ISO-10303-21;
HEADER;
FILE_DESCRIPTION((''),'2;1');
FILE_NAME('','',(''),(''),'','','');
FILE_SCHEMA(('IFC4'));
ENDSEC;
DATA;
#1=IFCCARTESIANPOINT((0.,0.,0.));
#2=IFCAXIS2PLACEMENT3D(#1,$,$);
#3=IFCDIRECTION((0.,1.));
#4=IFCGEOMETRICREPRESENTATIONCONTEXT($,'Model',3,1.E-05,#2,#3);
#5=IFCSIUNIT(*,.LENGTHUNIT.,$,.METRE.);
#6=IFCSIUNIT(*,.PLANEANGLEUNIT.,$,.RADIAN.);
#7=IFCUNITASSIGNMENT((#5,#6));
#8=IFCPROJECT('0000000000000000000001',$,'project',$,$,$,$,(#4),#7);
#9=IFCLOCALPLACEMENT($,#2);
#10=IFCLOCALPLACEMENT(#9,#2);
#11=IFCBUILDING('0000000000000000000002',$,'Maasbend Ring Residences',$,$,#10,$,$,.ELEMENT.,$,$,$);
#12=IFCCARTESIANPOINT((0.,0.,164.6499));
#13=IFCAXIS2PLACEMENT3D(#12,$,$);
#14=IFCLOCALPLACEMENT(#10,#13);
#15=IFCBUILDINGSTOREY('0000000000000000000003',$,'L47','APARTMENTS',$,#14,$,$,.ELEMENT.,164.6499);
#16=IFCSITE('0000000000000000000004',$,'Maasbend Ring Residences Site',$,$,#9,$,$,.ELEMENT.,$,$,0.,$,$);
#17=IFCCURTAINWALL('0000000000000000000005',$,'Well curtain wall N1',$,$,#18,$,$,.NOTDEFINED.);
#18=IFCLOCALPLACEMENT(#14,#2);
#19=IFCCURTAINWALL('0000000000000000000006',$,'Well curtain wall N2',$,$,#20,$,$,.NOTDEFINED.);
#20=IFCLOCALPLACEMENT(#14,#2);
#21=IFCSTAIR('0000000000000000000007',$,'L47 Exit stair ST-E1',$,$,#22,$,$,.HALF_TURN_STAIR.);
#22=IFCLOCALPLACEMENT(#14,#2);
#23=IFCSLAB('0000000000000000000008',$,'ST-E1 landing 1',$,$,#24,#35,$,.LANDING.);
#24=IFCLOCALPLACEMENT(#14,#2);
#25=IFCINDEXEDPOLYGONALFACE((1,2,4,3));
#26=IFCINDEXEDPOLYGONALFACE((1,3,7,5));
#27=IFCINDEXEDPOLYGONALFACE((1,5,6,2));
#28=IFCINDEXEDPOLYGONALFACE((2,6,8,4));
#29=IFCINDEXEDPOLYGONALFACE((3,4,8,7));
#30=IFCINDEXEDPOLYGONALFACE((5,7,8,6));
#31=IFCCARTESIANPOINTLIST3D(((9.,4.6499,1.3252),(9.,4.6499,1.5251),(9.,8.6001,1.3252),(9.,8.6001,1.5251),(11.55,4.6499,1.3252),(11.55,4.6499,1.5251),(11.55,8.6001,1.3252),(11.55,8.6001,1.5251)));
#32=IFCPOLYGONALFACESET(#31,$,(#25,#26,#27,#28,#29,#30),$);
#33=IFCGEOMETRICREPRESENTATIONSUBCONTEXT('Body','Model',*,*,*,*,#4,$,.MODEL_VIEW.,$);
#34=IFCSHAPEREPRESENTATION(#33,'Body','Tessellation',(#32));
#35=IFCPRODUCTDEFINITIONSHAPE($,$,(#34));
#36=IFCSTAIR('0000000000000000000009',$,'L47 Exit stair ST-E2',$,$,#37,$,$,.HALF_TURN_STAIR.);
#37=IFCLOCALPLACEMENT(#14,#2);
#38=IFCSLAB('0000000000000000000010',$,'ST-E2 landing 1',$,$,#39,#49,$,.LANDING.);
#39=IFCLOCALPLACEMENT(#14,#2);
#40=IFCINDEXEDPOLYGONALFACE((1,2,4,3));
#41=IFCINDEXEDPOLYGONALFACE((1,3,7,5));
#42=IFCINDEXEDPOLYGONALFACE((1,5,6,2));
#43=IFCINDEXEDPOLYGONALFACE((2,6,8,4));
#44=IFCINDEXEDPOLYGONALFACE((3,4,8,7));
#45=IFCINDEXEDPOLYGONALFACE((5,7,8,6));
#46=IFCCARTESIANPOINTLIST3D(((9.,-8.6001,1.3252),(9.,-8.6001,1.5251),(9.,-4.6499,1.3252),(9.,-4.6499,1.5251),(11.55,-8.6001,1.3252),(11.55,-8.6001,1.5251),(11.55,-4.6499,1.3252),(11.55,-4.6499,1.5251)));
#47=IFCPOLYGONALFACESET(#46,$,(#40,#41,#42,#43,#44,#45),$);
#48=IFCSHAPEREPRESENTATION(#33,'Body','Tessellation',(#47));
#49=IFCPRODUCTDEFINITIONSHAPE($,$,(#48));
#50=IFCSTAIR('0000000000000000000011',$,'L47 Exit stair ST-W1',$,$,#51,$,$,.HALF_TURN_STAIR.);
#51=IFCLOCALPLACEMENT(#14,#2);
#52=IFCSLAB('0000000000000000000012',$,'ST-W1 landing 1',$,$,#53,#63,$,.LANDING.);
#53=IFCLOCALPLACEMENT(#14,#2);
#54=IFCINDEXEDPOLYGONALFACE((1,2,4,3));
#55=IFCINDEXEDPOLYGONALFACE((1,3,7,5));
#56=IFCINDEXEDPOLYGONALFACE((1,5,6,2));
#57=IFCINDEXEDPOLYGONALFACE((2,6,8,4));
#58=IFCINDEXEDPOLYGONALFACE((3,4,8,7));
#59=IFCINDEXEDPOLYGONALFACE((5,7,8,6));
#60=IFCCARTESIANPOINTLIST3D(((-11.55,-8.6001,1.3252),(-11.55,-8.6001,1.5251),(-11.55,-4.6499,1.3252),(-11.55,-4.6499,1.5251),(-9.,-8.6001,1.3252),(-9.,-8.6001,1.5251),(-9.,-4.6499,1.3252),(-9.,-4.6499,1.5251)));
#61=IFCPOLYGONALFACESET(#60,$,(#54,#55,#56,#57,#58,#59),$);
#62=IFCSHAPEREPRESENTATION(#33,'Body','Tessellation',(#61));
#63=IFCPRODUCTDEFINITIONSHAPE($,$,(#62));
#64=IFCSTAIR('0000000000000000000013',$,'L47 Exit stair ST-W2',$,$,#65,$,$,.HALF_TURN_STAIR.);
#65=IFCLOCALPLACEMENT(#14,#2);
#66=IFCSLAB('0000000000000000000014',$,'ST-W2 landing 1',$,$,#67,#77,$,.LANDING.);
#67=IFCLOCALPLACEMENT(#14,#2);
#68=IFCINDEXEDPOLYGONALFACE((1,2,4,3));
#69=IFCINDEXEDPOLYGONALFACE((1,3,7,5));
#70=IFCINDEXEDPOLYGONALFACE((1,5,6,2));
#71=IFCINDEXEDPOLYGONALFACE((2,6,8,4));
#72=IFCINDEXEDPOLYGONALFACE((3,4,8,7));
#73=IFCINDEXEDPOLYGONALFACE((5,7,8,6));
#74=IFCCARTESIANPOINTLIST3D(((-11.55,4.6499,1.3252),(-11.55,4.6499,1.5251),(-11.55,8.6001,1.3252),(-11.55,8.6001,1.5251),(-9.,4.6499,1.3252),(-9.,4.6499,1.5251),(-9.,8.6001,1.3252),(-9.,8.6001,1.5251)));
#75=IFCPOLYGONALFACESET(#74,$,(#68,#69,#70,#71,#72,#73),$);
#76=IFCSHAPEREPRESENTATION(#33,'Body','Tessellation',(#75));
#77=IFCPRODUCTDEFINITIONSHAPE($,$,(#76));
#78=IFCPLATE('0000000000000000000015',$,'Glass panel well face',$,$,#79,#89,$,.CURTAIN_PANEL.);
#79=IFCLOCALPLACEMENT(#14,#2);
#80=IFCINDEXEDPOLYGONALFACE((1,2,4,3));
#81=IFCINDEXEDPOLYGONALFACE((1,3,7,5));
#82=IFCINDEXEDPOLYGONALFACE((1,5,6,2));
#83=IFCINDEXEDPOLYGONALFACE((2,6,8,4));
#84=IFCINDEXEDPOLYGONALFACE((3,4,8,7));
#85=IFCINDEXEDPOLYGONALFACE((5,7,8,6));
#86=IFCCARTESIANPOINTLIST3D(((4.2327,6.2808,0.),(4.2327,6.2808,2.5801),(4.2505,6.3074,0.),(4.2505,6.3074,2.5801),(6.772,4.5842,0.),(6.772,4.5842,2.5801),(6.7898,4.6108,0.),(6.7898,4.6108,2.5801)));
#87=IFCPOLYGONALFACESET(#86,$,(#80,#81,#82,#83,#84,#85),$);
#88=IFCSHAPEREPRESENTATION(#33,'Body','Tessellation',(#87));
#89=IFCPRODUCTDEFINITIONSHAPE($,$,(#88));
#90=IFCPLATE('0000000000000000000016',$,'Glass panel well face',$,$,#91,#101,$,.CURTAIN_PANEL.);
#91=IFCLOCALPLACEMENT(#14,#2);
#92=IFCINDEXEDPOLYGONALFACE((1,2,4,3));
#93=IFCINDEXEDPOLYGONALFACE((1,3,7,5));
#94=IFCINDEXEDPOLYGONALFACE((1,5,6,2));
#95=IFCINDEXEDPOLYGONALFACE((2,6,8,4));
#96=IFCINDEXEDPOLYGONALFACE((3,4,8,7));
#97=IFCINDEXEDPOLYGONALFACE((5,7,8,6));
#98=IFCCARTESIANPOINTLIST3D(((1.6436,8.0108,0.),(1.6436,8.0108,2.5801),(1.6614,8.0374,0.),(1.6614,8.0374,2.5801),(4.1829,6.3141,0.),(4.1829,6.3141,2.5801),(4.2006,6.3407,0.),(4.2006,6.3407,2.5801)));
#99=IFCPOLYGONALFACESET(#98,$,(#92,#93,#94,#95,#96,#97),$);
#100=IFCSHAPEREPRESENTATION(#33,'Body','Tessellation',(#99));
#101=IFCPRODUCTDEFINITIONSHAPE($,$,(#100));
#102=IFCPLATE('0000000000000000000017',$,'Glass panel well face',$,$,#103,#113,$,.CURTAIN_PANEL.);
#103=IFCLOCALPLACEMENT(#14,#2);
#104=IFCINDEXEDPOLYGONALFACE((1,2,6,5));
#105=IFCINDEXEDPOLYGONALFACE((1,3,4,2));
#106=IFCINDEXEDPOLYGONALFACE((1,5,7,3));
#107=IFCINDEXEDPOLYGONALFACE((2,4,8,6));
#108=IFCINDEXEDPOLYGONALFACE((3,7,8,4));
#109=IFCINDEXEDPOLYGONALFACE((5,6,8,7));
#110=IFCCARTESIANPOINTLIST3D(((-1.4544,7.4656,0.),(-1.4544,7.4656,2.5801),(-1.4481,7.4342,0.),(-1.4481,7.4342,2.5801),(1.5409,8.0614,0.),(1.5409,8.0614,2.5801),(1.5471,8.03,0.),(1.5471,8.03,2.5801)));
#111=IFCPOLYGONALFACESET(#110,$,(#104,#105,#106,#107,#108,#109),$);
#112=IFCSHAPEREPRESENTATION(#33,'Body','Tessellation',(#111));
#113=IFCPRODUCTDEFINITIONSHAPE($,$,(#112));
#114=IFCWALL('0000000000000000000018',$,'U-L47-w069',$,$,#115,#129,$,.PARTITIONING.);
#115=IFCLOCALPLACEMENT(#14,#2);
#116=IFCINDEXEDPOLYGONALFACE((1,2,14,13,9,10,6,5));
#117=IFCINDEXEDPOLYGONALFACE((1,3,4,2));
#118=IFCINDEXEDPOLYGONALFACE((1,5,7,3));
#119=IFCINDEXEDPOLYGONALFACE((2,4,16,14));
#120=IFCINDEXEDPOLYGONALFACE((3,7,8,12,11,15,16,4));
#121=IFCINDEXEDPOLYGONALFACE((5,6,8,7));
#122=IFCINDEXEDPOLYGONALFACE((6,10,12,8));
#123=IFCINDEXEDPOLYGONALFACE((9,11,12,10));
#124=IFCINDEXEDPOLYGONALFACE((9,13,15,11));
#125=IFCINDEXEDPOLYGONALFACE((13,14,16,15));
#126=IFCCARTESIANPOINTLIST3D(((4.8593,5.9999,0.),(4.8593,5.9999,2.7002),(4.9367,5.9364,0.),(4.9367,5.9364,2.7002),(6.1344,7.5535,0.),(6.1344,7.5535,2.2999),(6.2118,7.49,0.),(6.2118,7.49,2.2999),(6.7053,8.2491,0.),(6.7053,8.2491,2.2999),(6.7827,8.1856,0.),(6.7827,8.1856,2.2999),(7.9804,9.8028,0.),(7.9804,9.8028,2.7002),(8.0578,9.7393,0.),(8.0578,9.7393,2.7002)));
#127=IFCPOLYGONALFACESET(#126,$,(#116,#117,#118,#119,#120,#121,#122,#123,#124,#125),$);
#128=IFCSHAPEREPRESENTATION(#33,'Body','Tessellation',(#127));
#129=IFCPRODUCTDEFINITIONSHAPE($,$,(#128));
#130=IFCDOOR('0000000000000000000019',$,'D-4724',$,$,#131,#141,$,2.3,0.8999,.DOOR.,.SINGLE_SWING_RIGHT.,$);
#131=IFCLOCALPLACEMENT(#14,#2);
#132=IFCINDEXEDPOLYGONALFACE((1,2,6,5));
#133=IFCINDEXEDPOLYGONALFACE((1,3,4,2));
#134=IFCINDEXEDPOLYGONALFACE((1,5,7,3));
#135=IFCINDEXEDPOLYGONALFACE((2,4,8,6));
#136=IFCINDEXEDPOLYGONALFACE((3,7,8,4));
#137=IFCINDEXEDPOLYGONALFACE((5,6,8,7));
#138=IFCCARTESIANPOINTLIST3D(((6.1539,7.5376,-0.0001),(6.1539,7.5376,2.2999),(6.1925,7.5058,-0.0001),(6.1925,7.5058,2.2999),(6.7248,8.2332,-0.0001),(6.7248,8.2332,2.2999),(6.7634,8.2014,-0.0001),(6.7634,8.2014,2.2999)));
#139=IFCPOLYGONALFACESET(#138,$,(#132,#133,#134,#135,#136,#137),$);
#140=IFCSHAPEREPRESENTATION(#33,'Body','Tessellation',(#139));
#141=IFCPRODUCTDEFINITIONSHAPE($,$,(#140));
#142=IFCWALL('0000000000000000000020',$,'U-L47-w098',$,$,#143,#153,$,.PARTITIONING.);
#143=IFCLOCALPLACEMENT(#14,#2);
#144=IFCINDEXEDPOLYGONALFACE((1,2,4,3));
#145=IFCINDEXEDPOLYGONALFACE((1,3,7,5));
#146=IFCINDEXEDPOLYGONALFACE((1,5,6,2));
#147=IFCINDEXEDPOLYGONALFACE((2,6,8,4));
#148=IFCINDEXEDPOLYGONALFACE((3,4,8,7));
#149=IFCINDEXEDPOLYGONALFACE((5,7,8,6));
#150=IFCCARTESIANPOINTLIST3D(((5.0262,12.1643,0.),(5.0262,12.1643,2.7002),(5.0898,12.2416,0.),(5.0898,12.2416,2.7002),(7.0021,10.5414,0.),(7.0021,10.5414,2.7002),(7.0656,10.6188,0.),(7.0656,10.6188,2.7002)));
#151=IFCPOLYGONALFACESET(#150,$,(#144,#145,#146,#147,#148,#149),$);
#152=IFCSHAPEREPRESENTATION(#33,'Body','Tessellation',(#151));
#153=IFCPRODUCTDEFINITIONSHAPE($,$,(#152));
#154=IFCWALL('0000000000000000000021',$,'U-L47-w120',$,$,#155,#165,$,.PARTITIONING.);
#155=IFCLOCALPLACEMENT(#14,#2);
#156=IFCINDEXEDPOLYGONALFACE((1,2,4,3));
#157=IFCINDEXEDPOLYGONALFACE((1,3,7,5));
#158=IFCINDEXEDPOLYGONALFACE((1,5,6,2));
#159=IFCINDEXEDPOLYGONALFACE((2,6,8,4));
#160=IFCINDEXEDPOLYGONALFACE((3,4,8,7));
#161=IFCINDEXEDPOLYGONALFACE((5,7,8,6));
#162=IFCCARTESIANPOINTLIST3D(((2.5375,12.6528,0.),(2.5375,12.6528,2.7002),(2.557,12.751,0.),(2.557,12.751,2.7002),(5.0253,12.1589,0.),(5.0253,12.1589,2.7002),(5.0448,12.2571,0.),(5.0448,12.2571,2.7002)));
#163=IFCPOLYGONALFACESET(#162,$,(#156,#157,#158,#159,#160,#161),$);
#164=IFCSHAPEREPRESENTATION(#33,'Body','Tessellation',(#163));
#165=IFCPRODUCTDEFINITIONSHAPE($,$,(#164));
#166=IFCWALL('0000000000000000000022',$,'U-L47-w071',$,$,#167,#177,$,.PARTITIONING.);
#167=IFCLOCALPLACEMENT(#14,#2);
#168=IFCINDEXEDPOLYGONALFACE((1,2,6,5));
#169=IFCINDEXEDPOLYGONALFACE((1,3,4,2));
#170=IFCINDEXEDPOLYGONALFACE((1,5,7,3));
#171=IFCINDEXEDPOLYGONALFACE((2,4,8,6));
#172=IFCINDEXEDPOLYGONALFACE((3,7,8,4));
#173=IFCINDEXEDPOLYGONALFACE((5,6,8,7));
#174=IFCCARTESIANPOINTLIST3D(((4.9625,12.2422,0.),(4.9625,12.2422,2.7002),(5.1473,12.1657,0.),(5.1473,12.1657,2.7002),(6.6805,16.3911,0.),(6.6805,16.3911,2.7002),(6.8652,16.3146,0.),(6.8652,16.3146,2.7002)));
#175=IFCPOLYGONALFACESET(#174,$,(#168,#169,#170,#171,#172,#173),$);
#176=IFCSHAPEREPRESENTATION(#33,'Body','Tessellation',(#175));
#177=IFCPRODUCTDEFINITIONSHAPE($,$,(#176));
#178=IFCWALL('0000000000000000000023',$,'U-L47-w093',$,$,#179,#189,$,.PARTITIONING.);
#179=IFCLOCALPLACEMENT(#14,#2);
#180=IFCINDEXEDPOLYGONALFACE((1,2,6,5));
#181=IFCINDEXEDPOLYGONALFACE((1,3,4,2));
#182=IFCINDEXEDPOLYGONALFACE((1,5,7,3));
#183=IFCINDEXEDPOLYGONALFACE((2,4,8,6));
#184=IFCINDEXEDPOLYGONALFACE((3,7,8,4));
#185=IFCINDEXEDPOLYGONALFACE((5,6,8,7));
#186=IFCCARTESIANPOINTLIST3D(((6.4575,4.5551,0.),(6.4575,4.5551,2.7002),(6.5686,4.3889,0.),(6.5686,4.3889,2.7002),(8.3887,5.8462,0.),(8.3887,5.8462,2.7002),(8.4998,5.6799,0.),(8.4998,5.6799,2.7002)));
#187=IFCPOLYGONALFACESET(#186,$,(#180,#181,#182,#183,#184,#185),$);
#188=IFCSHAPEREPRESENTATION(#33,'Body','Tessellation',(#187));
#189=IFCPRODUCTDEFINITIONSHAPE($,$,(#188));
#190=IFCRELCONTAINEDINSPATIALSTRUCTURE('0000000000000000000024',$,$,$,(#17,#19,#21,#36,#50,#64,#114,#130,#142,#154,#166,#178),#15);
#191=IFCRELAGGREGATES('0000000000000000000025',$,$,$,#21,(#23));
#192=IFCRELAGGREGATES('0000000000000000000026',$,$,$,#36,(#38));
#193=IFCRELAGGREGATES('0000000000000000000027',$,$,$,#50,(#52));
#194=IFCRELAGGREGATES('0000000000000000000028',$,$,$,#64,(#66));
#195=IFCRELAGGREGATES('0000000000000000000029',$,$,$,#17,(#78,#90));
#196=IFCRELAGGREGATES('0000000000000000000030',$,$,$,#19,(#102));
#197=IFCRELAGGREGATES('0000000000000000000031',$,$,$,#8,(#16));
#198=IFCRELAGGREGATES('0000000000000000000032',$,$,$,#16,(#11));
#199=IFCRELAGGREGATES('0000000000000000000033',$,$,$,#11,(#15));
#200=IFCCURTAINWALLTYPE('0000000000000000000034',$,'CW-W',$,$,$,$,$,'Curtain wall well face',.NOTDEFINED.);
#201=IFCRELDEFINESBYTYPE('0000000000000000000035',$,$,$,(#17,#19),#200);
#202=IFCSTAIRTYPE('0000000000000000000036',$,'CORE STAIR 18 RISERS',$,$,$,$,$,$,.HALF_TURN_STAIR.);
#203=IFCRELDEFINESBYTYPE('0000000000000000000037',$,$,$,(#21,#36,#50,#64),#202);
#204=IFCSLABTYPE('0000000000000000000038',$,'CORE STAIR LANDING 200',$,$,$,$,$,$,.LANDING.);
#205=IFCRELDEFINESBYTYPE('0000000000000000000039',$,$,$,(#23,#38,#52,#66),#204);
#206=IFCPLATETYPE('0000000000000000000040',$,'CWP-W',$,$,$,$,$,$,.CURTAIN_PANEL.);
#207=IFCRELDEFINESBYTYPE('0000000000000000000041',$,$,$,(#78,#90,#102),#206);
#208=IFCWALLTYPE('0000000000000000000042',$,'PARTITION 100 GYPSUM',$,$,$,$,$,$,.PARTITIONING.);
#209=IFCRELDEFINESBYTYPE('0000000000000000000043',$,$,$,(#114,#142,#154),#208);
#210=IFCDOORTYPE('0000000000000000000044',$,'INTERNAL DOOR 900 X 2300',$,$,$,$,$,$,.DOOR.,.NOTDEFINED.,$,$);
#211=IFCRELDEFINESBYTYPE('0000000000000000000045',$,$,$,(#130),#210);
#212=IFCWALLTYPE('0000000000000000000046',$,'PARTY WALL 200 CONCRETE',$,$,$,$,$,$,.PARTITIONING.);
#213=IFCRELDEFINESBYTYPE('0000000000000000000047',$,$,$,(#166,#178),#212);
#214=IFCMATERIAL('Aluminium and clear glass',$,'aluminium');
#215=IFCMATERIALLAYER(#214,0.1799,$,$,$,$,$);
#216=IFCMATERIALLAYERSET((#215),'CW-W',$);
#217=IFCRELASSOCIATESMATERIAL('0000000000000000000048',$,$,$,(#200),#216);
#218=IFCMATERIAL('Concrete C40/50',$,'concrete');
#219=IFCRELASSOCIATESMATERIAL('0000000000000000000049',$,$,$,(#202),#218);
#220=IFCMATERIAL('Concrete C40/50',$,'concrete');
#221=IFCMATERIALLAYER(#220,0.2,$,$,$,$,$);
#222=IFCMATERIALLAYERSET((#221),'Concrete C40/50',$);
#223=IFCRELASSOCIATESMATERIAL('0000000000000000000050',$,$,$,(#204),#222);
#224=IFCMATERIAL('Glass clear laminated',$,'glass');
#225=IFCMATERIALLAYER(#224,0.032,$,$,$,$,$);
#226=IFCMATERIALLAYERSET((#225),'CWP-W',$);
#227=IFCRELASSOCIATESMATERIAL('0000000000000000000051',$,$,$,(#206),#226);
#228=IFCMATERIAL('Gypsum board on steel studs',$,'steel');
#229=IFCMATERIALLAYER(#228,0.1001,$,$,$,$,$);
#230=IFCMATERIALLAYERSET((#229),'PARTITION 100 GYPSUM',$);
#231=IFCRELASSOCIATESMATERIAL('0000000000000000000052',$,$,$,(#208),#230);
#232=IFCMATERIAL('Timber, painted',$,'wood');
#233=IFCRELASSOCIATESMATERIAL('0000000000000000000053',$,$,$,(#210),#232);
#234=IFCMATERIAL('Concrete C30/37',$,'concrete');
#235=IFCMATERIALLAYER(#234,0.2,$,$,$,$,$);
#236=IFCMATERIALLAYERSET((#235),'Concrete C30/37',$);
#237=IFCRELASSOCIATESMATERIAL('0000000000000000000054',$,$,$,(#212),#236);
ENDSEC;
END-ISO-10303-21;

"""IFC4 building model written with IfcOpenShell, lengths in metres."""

from ifc_helpers import new_model, si_unit, direction, frame, frame_2d, origin, origin_2d, place, context, subcontext, project, spatial, polyline, rectangle, outline, extrude, material, layer, layer_set, type_object, element, fill, aggregate, save


model = new_model("IFC4")

# Units and contexts
model_context = context("Model", 3, precision=1e-05, world=origin(), true_north=direction((0.0, 1.0)))
body_context = subcontext(model_context, "Body", "Model", "MODEL_VIEW")
ifc_project = project(units=[si_unit("LENGTHUNIT", "METRE"), si_unit("PLANEANGLEUNIT", "RADIAN")], contexts=[model_context])

# Site, building, storey
site_placement = place(None, origin())
site = spatial("IfcSite", under=ifc_project, at=site_placement, Name="Maasbend Ring Residences Site", CompositionType="ELEMENT", RefElevation=0.0)
building_placement = place(site_placement, origin())
building = spatial("IfcBuilding", under=site, at=building_placement, Name="Maasbend Ring Residences", CompositionType="ELEMENT")
storey_placement = place(building_placement, frame((0.0, 0.0, 164.6499)))
storey = spatial("IfcBuildingStorey", under=building, at=storey_placement, Name="L47", Description="APARTMENTS", CompositionType="ELEMENT", Elevation=164.6499)

# Curtain wall
ifc_material_1 = material(Name="Aluminium and clear glass", Category="aluminium")
ifc_layer_1 = layer(ifc_material_1, 0.1799)
ifc_layer_set_1 = layer_set([ifc_layer_1], Name="CW-W")
curtain_wall_type = type_object("IfcCurtainWallType", Name="CW-W", ElementType="Curtain wall well face", PredefinedType="NOTDEFINED", material=ifc_layer_set_1)
curtain_wall_1_placement = place(storey_placement, origin())
curtain_wall_1 = element("IfcCurtainWall", 1, at=curtain_wall_1_placement, inside=storey, type_object=curtain_wall_type, Name="Well curtain wall N1", PredefinedType="NOTDEFINED")

# Curtain wall
curtain_wall_2_placement = place(storey_placement, origin())
curtain_wall_2 = element("IfcCurtainWall", 2, at=curtain_wall_2_placement, inside=storey, type_object=curtain_wall_type, Name="Well curtain wall N2", PredefinedType="NOTDEFINED")

# Stairs, slabs
ifc_material_2 = material(Name="Concrete C40/50", Category="concrete")
stair_type = type_object("IfcStairType", Name="CORE STAIR 18 RISERS", PredefinedType="HALF_TURN_STAIR", material=ifc_material_2)
stair_1_placement = place(storey_placement, origin())
stair_1 = element("IfcStair", 3, at=stair_1_placement, inside=storey, type_object=stair_type, Name="L47 Exit stair ST-E1", PredefinedType="HALF_TURN_STAIR")
ifc_material_3 = material(Name="Concrete C40/50", Category="concrete")
ifc_layer_2 = layer(ifc_material_3, 0.2)
ifc_layer_set_2 = layer_set([ifc_layer_2], Name="Concrete C40/50")
slab_type = type_object("IfcSlabType", Name="CORE STAIR LANDING 200", PredefinedType="LANDING", material=ifc_layer_set_2)
slab_1_placement = place(storey_placement, frame((0.0, 0.0, 1.3252)))
slab_1 = element("IfcSlab", 4, at=slab_1_placement, type_object=slab_type, Name="ST-E1 landing 1", PredefinedType="LANDING", context=body_context, shape_type="SweptSolid", body=[
    extrude(outline(polyline([(11.55, 8.6001), (9.0, 8.6001), (9.0, 4.6499), (11.55, 4.6499), (11.55, 8.6001)])), origin(), (0.0, 0.0, 1.0), 0.2),
])
aggregate(stair_1, [slab_1])
stair_2_placement = place(storey_placement, origin())
stair_2 = element("IfcStair", 5, at=stair_2_placement, inside=storey, type_object=stair_type, Name="L47 Exit stair ST-E2", PredefinedType="HALF_TURN_STAIR")
slab_2_placement = place(storey_placement, frame((0.0, 0.0, 1.3252)))
slab_2 = element("IfcSlab", 6, at=slab_2_placement, type_object=slab_type, Name="ST-E2 landing 1", PredefinedType="LANDING", context=body_context, shape_type="SweptSolid", body=[
    extrude(outline(polyline([(11.55, -4.6499), (9.0, -4.6499), (9.0, -8.6001), (11.55, -8.6001), (11.55, -4.6499)])), origin(), (0.0, 0.0, 1.0), 0.2),
])
aggregate(stair_2, [slab_2])
stair_3_placement = place(storey_placement, origin())
stair_3 = element("IfcStair", 7, at=stair_3_placement, inside=storey, type_object=stair_type, Name="L47 Exit stair ST-W1", PredefinedType="HALF_TURN_STAIR")
slab_3_placement = place(storey_placement, frame((0.0, 0.0, 1.3252)))
slab_3 = element("IfcSlab", 8, at=slab_3_placement, type_object=slab_type, Name="ST-W1 landing 1", PredefinedType="LANDING", context=body_context, shape_type="SweptSolid", body=[
    extrude(outline(polyline([(-11.55, -8.6001), (-9.0, -8.6001), (-9.0, -4.6499), (-11.55, -4.6499), (-11.55, -8.6001)])), origin(), (0.0, 0.0, 1.0), 0.2),
])
aggregate(stair_3, [slab_3])
stair_4_placement = place(storey_placement, origin())
stair_4 = element("IfcStair", 9, at=stair_4_placement, inside=storey, type_object=stair_type, Name="L47 Exit stair ST-W2", PredefinedType="HALF_TURN_STAIR")
slab_4_placement = place(storey_placement, frame((0.0, 0.0, 1.3252)))
slab_4 = element("IfcSlab", 10, at=slab_4_placement, type_object=slab_type, Name="ST-W2 landing 1", PredefinedType="LANDING", context=body_context, shape_type="SweptSolid", body=[
    extrude(outline(polyline([(-11.55, 4.6499), (-9.0, 4.6499), (-9.0, 8.6001), (-11.55, 8.6001), (-11.55, 4.6499)])), origin(), (0.0, 0.0, 1.0), 0.2),
])
aggregate(stair_4, [slab_4])

# Plates
ifc_material_4 = material(Name="Glass clear laminated", Category="glass")
ifc_layer_3 = layer(ifc_material_4, 0.032)
ifc_layer_set_3 = layer_set([ifc_layer_3], Name="CWP-W")
plate_type = type_object("IfcPlateType", Name="CWP-W", PredefinedType="CURTAIN_PANEL", material=ifc_layer_set_3)
plate_1_placement = place(storey_placement, frame((5.5112, 5.4458, 0.0), z_axis=(0.0, 0.0, 1.0), x_axis=(-0.83147, 0.55557, 0.0)))
plate_1 = element("IfcPlate", 11, at=plate_1_placement, type_object=plate_type, Name="Glass panel well face", PredefinedType="CURTAIN_PANEL", context=body_context, shape_type="SweptSolid", body=[
    extrude(rectangle(XDim=3.054, YDim=0.032, at=origin_2d()), origin(), (0.0, 0.0, 1.0), 2.5801),
])
plate_2_placement = place(storey_placement, frame((2.9221, 7.1758, 0.0), z_axis=(0.0, 0.0, 1.0), x_axis=(-0.83147, 0.55557, 0.0)))
plate_2 = element("IfcPlate", 12, at=plate_2_placement, type_object=plate_type, Name="Glass panel well face", PredefinedType="CURTAIN_PANEL", context=body_context, shape_type="SweptSolid", body=[
    extrude(rectangle(XDim=3.054, YDim=0.032, at=origin_2d()), origin(), (0.0, 0.0, 1.0), 2.5801),
])
aggregate(curtain_wall_1, [plate_1, plate_2])
plate_3_placement = place(storey_placement, frame((0.0464, 7.7478, 0.0), z_axis=(0.0, 0.0, 1.0), x_axis=(-0.980785, -0.19509, 0.0)))
plate_3 = element("IfcPlate", 13, at=plate_3_placement, type_object=plate_type, Name="Glass panel well face", PredefinedType="CURTAIN_PANEL", context=body_context, shape_type="SweptSolid", body=[
    extrude(rectangle(XDim=3.054, YDim=0.032, at=origin_2d()), origin(), (0.0, 0.0, 1.0), 2.5801),
])
aggregate(curtain_wall_2, [plate_3])

# Wall, opening, door
ifc_material_5 = material(Name="Gypsum board on steel studs", Category="steel")
ifc_layer_4 = layer(ifc_material_5, 0.1001)
ifc_layer_set_4 = layer_set([ifc_layer_4], Name="PARTITION 100 GYPSUM")
wall_type_1 = type_object("IfcWallType", Name="PARTITION 100 GYPSUM", PredefinedType="PARTITIONING", material=ifc_layer_set_4)
wall_1_placement = place(storey_placement, frame((4.8979, 5.968, 0.0), z_axis=(0.0, 0.0, 1.0), x_axis=(0.634402, 0.773003, 0.0)))
wall_1 = element("IfcWall", 14, at=wall_1_placement, inside=storey, type_object=wall_type_1, Name="U-L47-w069", PredefinedType="PARTITIONING", context=body_context, shape_type="SweptSolid", body=[
    extrude(rectangle(XDim=4.9197, YDim=0.1001, at=frame_2d((2.46, 0.0))), origin(), (0.0, 0.0, 1.0), 2.7002),
])
opening_placement = place(wall_1_placement, frame((2.01, 0.0, 0.0)))
opening = element("IfcOpeningElement", 15, at=opening_placement, cuts=wall_1, PredefinedType="OPENING", context=body_context, shape_type="SweptSolid", body=[
    extrude(rectangle(XDim=0.8999, YDim=2.3, at=frame_2d((0.45, 1.1499))), frame((0.0, 0.0601, 0.0), z_axis=(0.0, -1.0, 0.0), x_axis=(1.0, 0.0, 0.0)), (0.0, 0.0, 1.0), 0.1201),
])
ifc_material_6 = material(Name="Timber, painted", Category="wood")
door_type = type_object("IfcDoorType", Name="INTERNAL DOOR 900 X 2300", OperationType="NOTDEFINED", PredefinedType="DOOR", material=ifc_material_6)
door_placement = place(opening_placement, origin())
door = element("IfcDoor", 16, at=door_placement, inside=storey, type_object=door_type, Name="D-4724", OperationType="SINGLE_SWING_RIGHT", OverallHeight=2.3, OverallWidth=0.8999, PredefinedType="DOOR", context=body_context, shape_type="SweptSolid", body=[
    extrude(rectangle(XDim=0.8999, YDim=2.3, at=frame_2d((0.45, 1.1499))), frame((0.0, 0.0249, 0.0), z_axis=(0.0, -1.0, 0.0), x_axis=(1.0, 0.0, 0.0)), (0.0, 0.0, 1.0), 0.05),
])
fill(opening, door)

# Walls
wall_2_placement = place(storey_placement, frame((5.0581, 12.2029, 0.0), z_axis=(0.0, 0.0, 1.0), x_axis=(0.772765, -0.634693, 0.0)))
element("IfcWall", 17, at=wall_2_placement, inside=storey, type_object=wall_type_1, Name="U-L47-w098", PredefinedType="PARTITIONING", context=body_context, shape_type="SweptSolid", body=[
    extrude(rectangle(XDim=2.5569, YDim=0.1001, at=frame_2d((1.2783, 0.0))), origin(), (0.0, 0.0, 1.0), 2.7002),
])
wall_3_placement = place(storey_placement, frame((5.0349, 12.208, 0.0), z_axis=(0.0, 0.0, 1.0), x_axis=(-0.980857, 0.194728, 0.0)))
element("IfcWall", 18, at=wall_3_placement, inside=storey, type_object=wall_type_1, Name="U-L47-w120", PredefinedType="PARTITIONING", context=body_context, shape_type="SweptSolid", body=[
    extrude(rectangle(XDim=2.5364, YDim=0.1001, at=frame_2d((1.2681, 0.0))), origin(), (0.0, 0.0, 1.0), 2.7002),
])
ifc_material_7 = material(Name="Concrete C30/37", Category="concrete")
ifc_layer_5 = layer(ifc_material_7, 0.2)
ifc_layer_set_5 = layer_set([ifc_layer_5], Name="Concrete C30/37")
wall_type_2 = type_object("IfcWallType", Name="PARTY WALL 200 CONCRETE", PredefinedType="PARTITIONING", material=ifc_layer_set_5)
wall_4_placement = place(storey_placement, frame((5.0549, 12.2041, 0.0), z_axis=(0.0, 0.0, 1.0), x_axis=(0.382584, 0.923921, 0.0)))
element("IfcWall", 19, at=wall_4_placement, inside=storey, type_object=wall_type_2, Name="U-L47-w071", PredefinedType="PARTITIONING", context=body_context, shape_type="SweptSolid", body=[
    extrude(rectangle(XDim=4.4905, YDim=0.2, at=frame_2d((2.2451, 0.0))), origin(), (0.0, 0.0, 1.0), 2.7002),
])
wall_5_placement = place(storey_placement, frame((6.5129, 4.4719, 0.0), z_axis=(0.0, 0.0, 1.0), x_axis=(0.831338, 0.555767, 0.0)))
element("IfcWall", 20, at=wall_5_placement, inside=storey, type_object=wall_type_2, Name="U-L47-w093", PredefinedType="PARTITIONING", context=body_context, shape_type="SweptSolid", body=[
    extrude(rectangle(XDim=2.323, YDim=0.2, at=frame_2d((1.1616, 0.0))), origin(), (0.0, 0.0, 1.0), 2.7002),
])

save(model, "model.ifc")
